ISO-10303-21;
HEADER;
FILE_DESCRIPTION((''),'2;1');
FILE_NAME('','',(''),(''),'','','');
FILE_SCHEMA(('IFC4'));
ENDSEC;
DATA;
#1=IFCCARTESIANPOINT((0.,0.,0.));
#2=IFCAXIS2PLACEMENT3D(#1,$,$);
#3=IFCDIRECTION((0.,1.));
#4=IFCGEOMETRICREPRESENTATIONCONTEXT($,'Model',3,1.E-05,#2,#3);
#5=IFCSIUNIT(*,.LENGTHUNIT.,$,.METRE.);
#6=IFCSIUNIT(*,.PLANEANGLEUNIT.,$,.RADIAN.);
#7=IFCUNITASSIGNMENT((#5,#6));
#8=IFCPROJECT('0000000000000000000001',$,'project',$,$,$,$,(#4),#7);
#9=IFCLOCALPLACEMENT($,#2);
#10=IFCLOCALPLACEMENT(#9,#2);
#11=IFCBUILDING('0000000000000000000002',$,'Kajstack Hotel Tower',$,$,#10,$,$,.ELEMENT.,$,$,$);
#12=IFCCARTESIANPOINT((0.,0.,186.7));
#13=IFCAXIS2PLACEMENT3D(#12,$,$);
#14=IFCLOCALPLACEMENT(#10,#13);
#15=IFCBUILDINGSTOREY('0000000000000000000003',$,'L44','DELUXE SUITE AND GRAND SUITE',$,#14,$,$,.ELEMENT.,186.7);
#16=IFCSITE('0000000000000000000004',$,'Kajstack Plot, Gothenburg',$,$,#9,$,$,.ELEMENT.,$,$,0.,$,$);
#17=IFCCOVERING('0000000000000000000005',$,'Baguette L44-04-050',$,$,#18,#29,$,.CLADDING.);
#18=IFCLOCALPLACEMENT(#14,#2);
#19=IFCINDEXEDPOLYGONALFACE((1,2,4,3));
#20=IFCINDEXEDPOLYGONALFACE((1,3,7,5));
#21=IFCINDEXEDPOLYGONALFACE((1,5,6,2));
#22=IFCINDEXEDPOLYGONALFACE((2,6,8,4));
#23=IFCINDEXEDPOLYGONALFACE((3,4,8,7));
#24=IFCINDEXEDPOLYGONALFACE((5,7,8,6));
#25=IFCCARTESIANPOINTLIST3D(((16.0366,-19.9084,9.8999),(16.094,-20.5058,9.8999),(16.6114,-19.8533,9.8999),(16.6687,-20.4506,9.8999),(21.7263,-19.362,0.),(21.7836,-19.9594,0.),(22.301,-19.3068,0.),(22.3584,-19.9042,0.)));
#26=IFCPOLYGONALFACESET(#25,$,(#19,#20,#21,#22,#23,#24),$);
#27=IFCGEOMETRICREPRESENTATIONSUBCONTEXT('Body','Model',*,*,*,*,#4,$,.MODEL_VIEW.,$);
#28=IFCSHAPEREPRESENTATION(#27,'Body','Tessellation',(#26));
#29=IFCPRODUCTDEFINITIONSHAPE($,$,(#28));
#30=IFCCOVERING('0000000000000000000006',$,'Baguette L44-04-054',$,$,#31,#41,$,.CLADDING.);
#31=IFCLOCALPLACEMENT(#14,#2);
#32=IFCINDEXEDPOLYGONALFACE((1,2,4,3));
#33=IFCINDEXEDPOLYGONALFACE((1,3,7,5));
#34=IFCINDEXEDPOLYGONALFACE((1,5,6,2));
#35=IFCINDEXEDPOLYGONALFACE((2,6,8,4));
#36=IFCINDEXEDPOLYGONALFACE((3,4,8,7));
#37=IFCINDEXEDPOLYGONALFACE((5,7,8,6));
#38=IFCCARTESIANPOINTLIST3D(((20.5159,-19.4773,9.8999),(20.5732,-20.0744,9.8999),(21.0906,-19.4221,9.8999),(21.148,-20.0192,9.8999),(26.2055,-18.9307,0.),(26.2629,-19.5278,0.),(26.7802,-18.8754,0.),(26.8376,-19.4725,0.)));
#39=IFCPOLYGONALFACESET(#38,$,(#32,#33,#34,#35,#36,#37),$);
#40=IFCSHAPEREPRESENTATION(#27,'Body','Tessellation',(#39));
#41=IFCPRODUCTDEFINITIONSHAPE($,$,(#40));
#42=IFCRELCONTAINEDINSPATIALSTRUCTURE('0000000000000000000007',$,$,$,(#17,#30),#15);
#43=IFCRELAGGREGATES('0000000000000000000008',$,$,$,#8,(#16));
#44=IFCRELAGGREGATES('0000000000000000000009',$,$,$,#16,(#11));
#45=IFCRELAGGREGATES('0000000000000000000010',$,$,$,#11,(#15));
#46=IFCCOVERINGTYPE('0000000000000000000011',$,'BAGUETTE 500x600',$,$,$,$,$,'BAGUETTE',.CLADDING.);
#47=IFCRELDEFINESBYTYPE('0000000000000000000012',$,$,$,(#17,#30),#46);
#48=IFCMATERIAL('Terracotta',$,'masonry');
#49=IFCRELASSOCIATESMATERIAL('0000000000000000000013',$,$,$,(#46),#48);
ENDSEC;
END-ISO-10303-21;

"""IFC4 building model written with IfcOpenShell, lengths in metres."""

from ifc_helpers import new_model, si_unit, direction, frame, origin, origin_2d, place, context, subcontext, project, spatial, polyline, rectangle, outline, extrude, material, material_profile, profile_set, type_object, element, save


model = new_model("IFC4")

# Units and contexts
model_context = context("Model", 3, precision=1e-05, world=origin(), true_north=direction((0.0, 1.0)))
body_context = subcontext(model_context, "Body", "Model", "MODEL_VIEW")
ifc_project = project(units=[si_unit("LENGTHUNIT", "METRE"), si_unit("PLANEANGLEUNIT", "RADIAN")], contexts=[model_context])

# Site, building, storey
site_placement = place(None, origin())
site = spatial("IfcSite", under=ifc_project, at=site_placement, Name="Kajstack Plot, Gothenburg", CompositionType="ELEMENT", RefElevation=0.0)
building_placement = place(site_placement, origin())
building = spatial("IfcBuilding", under=site, at=building_placement, Name="Kajstack Hotel Tower", CompositionType="ELEMENT")
storey_placement = place(building_placement, frame((0.0, 0.0, 186.7)))
storey = spatial("IfcBuildingStorey", under=building, at=storey_placement, Name="L44", Description="DELUXE SUITE AND GRAND SUITE", CompositionType="ELEMENT", Elevation=186.7)

# Coverings
ifc_material_1 = material(Name="Terracotta", Category="masonry")
ifc_material_profile = material_profile(ifc_material_1, rectangle(XDim=0.6001, YDim=0.5, at=origin_2d()), Name="Terracotta-clad concrete baguette 500 x 600")
ifc_profile_set = profile_set([ifc_material_profile], Name="Terracotta")
covering_type = type_object("IfcCoveringType", Name="BAGUETTE 500x600", ElementType="BAGUETTE", PredefinedType="CLADDING", material=ifc_profile_set)
covering_1_placement = place(storey_placement, frame((16.0366, -19.9084, 0.0), z_axis=(0.095596, -0.99542, 0.0), x_axis=(0.99542, 0.095596, 0.0)))
element("IfcCovering", 1, at=covering_1_placement, inside=storey, type_object=covering_type, Name="Baguette L44-04-050", PredefinedType="CLADDING", context=body_context, shape_type="SweptSolid", body=[
    extrude(outline(polyline([(0.0, 9.8999), (5.7158, 0.0), (6.2932, 0.0), (0.5774, 9.8999), (0.0, 9.8999)])), origin(), (0.0, 0.0, 1.0), 0.6001),
])
covering_2_placement = place(storey_placement, frame((20.5159, -19.4773, 0.0), z_axis=(0.095635, -0.995416, 0.0), x_axis=(0.995416, 0.095635, 0.0)))
element("IfcCovering", 2, at=covering_2_placement, inside=storey, type_object=covering_type, Name="Baguette L44-04-054", PredefinedType="CLADDING", context=body_context, shape_type="SweptSolid", body=[
    extrude(outline(polyline([(0.0, 9.8999), (5.7158, 0.0), (6.2932, 0.0), (0.5774, 9.8999), (0.0, 9.8999)])), origin(), (0.0, 0.0, 1.0), 0.5999),
])

save(model, "model.ifc")
